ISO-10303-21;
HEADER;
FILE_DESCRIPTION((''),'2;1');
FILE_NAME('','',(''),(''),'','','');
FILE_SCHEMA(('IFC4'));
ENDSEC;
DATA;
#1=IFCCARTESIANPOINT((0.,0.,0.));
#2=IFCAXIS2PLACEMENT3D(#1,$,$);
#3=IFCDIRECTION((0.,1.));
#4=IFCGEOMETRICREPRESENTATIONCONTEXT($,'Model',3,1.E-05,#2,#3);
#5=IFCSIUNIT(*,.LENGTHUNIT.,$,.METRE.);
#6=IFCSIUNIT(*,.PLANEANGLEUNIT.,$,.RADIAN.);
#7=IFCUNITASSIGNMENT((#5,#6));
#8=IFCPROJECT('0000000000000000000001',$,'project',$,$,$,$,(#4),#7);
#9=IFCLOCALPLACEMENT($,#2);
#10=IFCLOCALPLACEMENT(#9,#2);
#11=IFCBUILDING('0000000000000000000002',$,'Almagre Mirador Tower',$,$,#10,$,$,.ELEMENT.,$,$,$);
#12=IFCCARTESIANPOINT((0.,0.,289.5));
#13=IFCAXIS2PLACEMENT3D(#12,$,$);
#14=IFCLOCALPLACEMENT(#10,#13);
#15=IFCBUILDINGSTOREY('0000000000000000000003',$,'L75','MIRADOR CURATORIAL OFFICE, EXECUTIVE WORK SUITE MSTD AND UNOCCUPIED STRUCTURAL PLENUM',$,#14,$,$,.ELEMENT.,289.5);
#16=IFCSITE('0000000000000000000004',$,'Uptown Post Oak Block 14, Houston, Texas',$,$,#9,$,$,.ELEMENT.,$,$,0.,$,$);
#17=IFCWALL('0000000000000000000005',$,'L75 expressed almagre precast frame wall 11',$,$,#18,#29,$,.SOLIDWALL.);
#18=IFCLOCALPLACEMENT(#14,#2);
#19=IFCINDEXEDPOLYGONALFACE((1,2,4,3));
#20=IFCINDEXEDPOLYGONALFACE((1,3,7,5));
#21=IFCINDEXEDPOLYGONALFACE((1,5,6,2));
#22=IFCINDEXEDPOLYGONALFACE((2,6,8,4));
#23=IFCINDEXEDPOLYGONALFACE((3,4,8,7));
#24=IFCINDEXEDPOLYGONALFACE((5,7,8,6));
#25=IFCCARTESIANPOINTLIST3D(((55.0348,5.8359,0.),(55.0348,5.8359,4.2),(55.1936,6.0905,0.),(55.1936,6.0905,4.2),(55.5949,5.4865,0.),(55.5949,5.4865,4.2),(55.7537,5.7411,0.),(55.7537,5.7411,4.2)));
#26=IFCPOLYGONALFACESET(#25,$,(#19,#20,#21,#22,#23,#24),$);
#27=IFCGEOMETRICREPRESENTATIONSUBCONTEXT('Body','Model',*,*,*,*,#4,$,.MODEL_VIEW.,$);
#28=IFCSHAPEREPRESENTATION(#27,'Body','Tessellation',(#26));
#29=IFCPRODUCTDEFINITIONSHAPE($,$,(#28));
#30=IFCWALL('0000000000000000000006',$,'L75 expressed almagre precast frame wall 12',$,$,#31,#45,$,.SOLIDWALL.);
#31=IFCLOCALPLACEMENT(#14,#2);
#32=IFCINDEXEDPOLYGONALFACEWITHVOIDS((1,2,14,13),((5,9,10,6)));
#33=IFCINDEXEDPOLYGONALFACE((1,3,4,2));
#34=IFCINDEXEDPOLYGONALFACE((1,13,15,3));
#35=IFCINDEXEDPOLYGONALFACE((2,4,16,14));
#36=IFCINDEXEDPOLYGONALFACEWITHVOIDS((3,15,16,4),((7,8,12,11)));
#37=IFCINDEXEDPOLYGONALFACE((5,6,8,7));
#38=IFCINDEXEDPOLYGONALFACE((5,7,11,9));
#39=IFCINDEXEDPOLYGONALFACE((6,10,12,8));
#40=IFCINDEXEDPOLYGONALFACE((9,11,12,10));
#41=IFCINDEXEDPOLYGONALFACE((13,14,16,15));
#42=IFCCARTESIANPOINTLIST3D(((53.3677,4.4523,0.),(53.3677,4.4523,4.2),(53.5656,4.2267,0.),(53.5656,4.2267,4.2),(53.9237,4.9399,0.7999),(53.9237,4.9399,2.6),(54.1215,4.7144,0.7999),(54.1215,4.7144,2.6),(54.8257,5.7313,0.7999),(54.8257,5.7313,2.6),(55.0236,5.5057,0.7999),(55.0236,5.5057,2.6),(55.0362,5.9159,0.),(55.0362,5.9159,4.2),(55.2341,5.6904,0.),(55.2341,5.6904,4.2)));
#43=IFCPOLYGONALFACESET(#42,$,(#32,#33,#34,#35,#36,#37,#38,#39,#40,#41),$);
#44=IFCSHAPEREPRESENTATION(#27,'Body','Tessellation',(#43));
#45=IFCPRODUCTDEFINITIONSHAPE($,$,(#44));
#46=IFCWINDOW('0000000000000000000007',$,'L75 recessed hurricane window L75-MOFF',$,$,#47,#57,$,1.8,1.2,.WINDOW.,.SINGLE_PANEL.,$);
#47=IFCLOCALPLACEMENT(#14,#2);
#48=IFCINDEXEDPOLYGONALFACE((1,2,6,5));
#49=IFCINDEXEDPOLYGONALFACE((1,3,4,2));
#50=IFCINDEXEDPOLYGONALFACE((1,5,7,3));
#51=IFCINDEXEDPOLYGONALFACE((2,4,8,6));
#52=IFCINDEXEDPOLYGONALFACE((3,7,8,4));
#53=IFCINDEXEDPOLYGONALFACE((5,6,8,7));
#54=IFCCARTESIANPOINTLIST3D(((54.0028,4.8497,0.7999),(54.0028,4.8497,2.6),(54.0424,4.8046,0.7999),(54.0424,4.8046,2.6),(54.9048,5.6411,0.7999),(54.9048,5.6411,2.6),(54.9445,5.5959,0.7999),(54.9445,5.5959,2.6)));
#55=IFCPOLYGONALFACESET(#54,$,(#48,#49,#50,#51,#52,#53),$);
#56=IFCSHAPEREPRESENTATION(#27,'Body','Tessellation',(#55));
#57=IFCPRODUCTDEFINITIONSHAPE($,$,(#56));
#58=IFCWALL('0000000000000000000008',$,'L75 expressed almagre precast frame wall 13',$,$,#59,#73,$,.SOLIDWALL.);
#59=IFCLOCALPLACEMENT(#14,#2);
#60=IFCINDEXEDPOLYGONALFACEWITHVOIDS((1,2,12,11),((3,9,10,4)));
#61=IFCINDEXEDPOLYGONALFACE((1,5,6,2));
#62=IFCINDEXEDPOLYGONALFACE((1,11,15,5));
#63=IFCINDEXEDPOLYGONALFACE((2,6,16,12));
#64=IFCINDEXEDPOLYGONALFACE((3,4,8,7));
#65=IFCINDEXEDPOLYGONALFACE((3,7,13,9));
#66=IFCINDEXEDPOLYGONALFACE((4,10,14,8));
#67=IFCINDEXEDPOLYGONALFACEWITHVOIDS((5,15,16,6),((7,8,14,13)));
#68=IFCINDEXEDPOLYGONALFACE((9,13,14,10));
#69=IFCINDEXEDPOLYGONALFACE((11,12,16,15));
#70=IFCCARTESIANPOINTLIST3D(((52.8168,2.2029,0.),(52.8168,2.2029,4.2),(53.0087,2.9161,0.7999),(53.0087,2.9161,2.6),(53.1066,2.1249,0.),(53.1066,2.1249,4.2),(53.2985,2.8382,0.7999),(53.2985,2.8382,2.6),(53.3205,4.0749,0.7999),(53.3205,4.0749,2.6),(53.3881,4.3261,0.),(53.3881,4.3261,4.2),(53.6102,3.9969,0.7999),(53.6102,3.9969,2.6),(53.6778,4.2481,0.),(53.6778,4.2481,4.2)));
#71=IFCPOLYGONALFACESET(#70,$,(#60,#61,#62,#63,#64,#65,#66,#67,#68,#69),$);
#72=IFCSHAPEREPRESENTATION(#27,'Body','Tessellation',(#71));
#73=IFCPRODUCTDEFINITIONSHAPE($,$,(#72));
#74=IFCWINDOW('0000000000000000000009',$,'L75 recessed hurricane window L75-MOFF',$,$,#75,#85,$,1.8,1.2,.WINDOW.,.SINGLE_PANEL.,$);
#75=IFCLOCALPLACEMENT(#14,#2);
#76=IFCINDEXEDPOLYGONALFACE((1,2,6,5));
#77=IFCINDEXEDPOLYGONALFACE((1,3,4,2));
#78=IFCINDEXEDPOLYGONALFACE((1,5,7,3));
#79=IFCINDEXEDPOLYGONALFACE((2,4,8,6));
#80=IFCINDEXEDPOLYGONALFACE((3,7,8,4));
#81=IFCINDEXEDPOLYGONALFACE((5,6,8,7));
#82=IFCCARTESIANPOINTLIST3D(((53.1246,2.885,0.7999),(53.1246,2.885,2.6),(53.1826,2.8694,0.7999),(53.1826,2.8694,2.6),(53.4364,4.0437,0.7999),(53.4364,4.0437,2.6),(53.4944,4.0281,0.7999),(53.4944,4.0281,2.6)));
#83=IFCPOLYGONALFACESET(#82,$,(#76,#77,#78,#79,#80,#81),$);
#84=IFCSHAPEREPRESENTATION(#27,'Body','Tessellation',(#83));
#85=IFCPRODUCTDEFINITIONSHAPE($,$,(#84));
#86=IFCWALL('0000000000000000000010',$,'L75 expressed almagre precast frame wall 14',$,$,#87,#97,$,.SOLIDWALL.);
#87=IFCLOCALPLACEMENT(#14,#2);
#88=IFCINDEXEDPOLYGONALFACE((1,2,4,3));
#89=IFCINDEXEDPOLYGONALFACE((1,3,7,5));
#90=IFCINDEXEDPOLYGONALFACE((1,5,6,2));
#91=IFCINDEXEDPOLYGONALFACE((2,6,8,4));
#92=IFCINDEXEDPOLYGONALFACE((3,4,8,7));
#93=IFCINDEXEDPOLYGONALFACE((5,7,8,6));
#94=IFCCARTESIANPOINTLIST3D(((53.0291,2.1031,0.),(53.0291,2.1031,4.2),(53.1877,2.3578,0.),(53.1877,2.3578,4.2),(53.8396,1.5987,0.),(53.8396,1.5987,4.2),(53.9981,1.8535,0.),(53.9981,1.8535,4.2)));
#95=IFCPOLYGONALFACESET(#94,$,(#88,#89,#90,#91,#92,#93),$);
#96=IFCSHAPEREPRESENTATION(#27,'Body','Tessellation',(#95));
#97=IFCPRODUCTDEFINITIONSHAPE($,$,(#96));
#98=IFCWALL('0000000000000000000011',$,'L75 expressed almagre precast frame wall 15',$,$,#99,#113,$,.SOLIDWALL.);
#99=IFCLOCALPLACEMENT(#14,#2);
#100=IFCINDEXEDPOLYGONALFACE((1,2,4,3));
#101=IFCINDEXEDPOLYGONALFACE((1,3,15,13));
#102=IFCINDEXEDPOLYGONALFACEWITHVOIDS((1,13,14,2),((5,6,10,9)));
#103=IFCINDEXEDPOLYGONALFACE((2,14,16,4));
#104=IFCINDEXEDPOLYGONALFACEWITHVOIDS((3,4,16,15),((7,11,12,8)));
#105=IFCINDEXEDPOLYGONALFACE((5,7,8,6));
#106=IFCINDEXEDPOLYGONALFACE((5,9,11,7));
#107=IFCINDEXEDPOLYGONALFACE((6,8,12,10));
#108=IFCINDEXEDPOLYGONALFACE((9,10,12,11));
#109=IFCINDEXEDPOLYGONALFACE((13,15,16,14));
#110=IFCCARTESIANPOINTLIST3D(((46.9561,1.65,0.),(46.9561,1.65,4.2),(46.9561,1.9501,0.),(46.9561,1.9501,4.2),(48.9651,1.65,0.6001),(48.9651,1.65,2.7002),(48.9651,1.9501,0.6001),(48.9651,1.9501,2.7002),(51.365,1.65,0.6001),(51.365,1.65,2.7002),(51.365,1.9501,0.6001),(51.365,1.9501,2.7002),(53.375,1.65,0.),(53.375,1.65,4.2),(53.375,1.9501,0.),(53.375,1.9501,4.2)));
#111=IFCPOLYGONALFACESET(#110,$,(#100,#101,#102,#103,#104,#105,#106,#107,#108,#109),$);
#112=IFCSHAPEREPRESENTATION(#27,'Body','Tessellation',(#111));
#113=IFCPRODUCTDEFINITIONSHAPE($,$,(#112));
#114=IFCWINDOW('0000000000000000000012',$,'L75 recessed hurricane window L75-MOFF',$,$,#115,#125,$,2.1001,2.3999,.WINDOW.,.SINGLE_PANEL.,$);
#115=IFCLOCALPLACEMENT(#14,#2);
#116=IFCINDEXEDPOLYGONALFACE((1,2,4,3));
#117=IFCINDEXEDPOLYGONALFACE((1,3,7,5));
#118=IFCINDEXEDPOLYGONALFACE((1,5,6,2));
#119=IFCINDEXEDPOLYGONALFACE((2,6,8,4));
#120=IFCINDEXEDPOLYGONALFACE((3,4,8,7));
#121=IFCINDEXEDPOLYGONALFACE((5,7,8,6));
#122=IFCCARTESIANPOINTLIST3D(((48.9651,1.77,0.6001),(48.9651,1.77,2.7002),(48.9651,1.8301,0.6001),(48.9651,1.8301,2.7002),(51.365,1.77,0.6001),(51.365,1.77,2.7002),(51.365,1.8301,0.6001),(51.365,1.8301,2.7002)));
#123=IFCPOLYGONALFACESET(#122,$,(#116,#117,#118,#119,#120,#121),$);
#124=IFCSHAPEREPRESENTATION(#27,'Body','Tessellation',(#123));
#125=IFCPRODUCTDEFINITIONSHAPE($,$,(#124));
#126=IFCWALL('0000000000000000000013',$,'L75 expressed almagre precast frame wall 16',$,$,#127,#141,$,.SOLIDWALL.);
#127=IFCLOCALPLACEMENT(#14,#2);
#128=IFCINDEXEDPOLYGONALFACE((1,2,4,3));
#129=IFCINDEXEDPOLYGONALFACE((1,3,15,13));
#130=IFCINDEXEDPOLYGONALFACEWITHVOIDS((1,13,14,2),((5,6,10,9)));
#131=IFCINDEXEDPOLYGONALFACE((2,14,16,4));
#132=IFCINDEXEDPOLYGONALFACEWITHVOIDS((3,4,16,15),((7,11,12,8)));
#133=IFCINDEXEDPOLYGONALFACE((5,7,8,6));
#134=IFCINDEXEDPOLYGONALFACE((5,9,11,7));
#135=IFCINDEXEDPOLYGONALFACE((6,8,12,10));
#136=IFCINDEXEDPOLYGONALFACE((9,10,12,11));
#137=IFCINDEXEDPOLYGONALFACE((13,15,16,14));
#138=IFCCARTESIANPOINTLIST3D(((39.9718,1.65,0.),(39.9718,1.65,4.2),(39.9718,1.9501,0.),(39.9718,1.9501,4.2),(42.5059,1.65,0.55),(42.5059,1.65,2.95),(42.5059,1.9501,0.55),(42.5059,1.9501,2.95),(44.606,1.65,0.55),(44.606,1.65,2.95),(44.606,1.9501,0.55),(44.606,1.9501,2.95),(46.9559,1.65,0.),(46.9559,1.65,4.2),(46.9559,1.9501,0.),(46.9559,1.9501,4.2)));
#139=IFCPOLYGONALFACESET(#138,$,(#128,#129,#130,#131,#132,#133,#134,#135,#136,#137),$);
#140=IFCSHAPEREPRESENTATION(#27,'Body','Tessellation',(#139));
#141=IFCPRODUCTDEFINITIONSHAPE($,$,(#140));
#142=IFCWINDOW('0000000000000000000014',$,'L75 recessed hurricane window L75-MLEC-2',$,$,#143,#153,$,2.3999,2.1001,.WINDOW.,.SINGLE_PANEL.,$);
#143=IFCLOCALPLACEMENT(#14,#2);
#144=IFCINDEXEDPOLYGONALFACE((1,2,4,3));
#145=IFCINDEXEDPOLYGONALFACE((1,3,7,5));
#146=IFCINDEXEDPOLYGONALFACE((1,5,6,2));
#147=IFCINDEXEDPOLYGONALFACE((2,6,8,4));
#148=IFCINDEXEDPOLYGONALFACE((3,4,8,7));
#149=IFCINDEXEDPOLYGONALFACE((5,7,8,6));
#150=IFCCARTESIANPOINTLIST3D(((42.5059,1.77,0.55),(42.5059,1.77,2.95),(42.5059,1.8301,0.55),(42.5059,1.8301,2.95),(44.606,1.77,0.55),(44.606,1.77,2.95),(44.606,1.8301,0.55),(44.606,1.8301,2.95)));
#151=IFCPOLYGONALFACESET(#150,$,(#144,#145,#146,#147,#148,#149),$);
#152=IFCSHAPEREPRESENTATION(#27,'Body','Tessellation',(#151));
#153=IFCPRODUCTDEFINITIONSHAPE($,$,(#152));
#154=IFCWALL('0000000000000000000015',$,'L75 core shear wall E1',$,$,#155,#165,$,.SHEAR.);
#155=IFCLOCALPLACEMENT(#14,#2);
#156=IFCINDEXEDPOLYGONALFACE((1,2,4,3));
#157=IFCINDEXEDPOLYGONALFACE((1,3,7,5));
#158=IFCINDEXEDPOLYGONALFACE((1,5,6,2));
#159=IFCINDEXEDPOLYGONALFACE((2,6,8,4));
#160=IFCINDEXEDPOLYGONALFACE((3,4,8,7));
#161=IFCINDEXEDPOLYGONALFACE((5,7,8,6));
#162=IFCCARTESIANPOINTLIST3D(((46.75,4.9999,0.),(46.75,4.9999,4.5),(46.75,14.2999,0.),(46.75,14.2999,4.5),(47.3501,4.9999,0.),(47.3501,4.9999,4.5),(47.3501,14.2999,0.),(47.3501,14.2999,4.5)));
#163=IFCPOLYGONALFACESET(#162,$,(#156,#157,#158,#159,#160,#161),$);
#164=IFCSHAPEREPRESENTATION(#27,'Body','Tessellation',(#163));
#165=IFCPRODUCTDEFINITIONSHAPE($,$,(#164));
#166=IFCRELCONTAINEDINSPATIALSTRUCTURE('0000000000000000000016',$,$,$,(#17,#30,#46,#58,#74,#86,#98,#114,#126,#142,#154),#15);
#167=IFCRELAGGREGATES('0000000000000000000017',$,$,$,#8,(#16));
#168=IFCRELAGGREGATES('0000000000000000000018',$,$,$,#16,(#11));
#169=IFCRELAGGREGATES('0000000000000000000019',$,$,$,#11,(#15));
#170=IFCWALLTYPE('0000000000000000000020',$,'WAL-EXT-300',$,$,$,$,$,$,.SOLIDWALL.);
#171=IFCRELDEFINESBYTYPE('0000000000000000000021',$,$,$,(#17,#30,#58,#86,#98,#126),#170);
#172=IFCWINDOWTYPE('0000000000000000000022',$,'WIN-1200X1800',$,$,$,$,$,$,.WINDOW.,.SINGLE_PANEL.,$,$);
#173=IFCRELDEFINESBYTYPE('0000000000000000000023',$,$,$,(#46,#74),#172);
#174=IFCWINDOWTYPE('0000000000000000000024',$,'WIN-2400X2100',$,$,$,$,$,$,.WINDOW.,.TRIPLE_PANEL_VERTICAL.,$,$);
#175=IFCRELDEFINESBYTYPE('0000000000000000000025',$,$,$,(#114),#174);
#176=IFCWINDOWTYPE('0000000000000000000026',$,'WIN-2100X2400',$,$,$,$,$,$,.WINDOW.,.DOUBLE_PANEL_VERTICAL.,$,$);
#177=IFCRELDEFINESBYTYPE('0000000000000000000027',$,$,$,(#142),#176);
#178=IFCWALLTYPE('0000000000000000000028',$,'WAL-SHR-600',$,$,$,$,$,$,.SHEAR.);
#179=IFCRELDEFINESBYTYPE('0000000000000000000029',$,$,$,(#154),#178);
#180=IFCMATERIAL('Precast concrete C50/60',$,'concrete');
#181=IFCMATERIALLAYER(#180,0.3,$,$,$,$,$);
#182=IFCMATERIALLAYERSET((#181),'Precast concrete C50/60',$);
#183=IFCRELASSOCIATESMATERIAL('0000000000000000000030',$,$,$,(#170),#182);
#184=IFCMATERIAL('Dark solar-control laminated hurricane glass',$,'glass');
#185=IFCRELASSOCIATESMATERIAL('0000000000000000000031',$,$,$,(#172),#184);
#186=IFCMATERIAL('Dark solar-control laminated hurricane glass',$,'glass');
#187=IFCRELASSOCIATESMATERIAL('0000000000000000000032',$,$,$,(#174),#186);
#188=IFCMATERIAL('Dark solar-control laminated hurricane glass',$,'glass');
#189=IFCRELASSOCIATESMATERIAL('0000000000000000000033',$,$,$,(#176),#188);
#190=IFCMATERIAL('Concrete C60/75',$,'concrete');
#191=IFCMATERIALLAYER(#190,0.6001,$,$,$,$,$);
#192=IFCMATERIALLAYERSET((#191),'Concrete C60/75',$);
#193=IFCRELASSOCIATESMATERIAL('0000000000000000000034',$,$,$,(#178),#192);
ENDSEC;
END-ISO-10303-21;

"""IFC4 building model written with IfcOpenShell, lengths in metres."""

from ifc_helpers import new_model, si_unit, direction, frame, frame_2d, origin, place, context, subcontext, project, spatial, rectangle, extrude, material, layer, layer_set, type_object, element, fill, save


model = new_model("IFC4")

# Units and contexts
model_context = context("Model", 3, precision=1e-05, world=origin(), true_north=direction((0.0, 1.0)))
body_context = subcontext(model_context, "Body", "Model", "MODEL_VIEW")
ifc_project = project(units=[si_unit("LENGTHUNIT", "METRE"), si_unit("PLANEANGLEUNIT", "RADIAN")], contexts=[model_context])

# Site, building, storey
site_placement = place(None, origin())
site = spatial("IfcSite", under=ifc_project, at=site_placement, Name="Uptown Post Oak Block 14, Houston, Texas", CompositionType="ELEMENT", RefElevation=0.0)
building_placement = place(site_placement, origin())
building = spatial("IfcBuilding", under=site, at=building_placement, Name="Almagre Mirador Tower", CompositionType="ELEMENT")
storey_placement = place(building_placement, frame((0.0, 0.0, 289.5)))
storey = spatial("IfcBuildingStorey", under=building, at=storey_placement, Name="L75", Description="MIRADOR CURATORIAL OFFICE, EXECUTIVE WORK SUITE MSTD AND UNOCCUPIED STRUCTURAL PLENUM", CompositionType="ELEMENT", Elevation=289.5)

# Wall
ifc_material_1 = material(Name="Precast concrete C50/60", Category="concrete")
ifc_layer_1 = layer(ifc_material_1, 0.3)
ifc_layer_set_1 = layer_set([ifc_layer_1], Name="Precast concrete C50/60")
wall_type_1 = type_object("IfcWallType", Name="WAL-EXT-300", PredefinedType="SOLIDWALL", material=ifc_layer_set_1)
wall_1_placement = place(storey_placement, frame((55.6743, 5.6138, 0.0), z_axis=(0.0, 0.0, 1.0), x_axis=(-0.848455, 0.529267, 0.0)))
element("IfcWall", 1, at=wall_1_placement, inside=storey, type_object=wall_type_1, Name="L75 expressed almagre precast frame wall 11", PredefinedType="SOLIDWALL", context=body_context, shape_type="SweptSolid", body=[
    extrude(rectangle(XDim=0.6602, YDim=0.3, at=frame_2d((0.3301, 0.0))), origin(), (0.0, 0.0, 1.0), 4.2),
])

# Walls, openings, windows
wall_2_placement = place(storey_placement, frame((55.1353, 5.8032, 0.0), z_axis=(0.0, 0.0, 1.0), x_axis=(-0.751745, -0.659454, 0.0)))
wall_2 = element("IfcWall", 2, at=wall_2_placement, inside=storey, type_object=wall_type_1, Name="L75 expressed almagre precast frame wall 12", PredefinedType="SOLIDWALL", context=body_context, shape_type="SweptSolid", body=[
    extrude(rectangle(XDim=2.2195, YDim=0.3, at=frame_2d((1.1099, 0.0))), origin(), (0.0, 0.0, 1.0), 4.2),
])
opening_1_placement = place(wall_2_placement, frame((0.28, 0.0, 0.8)))
opening_1 = element("IfcOpeningElement", 3, at=opening_1_placement, cuts=wall_2, PredefinedType="OPENING", context=body_context, shape_type="SweptSolid", body=[
    extrude(rectangle(XDim=1.2, YDim=1.8, at=frame_2d((0.6001, 0.8999))), frame((0.0, 0.1599, 0.0), z_axis=(0.0, -1.0, 0.0), x_axis=(1.0, 0.0, 0.0)), (0.0, 0.0, 1.0), 0.32),
])
ifc_material_2 = material(Name="Dark solar-control laminated hurricane glass", Category="glass")
window_type_1 = type_object("IfcWindowType", Name="WIN-1200X1800", PartitioningType="SINGLE_PANEL", PredefinedType="WINDOW", material=ifc_material_2)
window_1_placement = place(opening_1_placement, origin())
window_1 = element("IfcWindow", 4, at=window_1_placement, inside=storey, type_object=window_type_1, Name="L75 recessed hurricane window L75-MOFF", OverallHeight=1.8, OverallWidth=1.2, PartitioningType="SINGLE_PANEL", PredefinedType="WINDOW", context=body_context, shape_type="SweptSolid", body=[
    extrude(rectangle(XDim=1.2, YDim=1.8, at=frame_2d((0.6001, 0.8999))), frame((0.0, 0.03, 0.0), z_axis=(0.0, -1.0, 0.0), x_axis=(1.0, 0.0, 0.0)), (0.0, 0.0, 1.0), 0.0601),
])
fill(opening_1, window_1)
wall_3_placement = place(storey_placement, frame((53.533, 4.2871, 0.0), z_axis=(0.0, 0.0, 1.0), x_axis=(-0.259818, -0.965658, 0.0)))
wall_3 = element("IfcWall", 5, at=wall_3_placement, inside=storey, type_object=wall_type_1, Name="L75 expressed almagre precast frame wall 13", PredefinedType="SOLIDWALL", context=body_context, shape_type="SweptSolid", body=[
    extrude(rectangle(XDim=2.1987, YDim=0.3, at=frame_2d((1.0994, 0.0))), origin(), (0.0, 0.0, 1.0), 4.2),
])
opening_2_placement = place(wall_3_placement, frame((0.26, 0.0, 0.8)))
opening_2 = element("IfcOpeningElement", 6, at=opening_2_placement, cuts=wall_3, PredefinedType="OPENING", context=body_context, shape_type="SweptSolid", body=[
    extrude(rectangle(XDim=1.2, YDim=1.8, at=frame_2d((0.6001, 0.8999))), frame((0.0, 0.1599, 0.0), z_axis=(0.0, -1.0, 0.0), x_axis=(1.0, 0.0, 0.0)), (0.0, 0.0, 1.0), 0.32),
])
window_2_placement = place(opening_2_placement, origin())
window_2 = element("IfcWindow", 7, at=window_2_placement, inside=storey, type_object=window_type_1, Name="L75 recessed hurricane window L75-MOFF", OverallHeight=1.8, OverallWidth=1.2, PartitioningType="SINGLE_PANEL", PredefinedType="WINDOW", context=body_context, shape_type="SweptSolid", body=[
    extrude(rectangle(XDim=1.2, YDim=1.8, at=frame_2d((0.6001, 0.8999))), frame((0.0, 0.03, 0.0), z_axis=(0.0, -1.0, 0.0), x_axis=(1.0, 0.0, 0.0)), (0.0, 0.0, 1.0), 0.0601),
])
fill(opening_2, window_2)

# Wall
wall_4_placement = place(storey_placement, frame((53.1084, 2.2305, 0.0), z_axis=(0.0, 0.0, 1.0), x_axis=(0.849031, -0.528343, 0.0)))
element("IfcWall", 8, at=wall_4_placement, inside=storey, type_object=wall_type_1, Name="L75 expressed almagre precast frame wall 14", PredefinedType="SOLIDWALL", context=body_context, shape_type="SweptSolid", body=[
    extrude(rectangle(XDim=0.9546, YDim=0.3, at=frame_2d((0.4773, 0.0))), origin(), (0.0, 0.0, 1.0), 4.2),
])

# Walls, openings, windows
wall_5_placement = place(storey_placement, frame((53.375, 1.8, 0.0), z_axis=(0.0, 0.0, 1.0), x_axis=(-1.0, 0.0, 0.0)))
wall_5 = element("IfcWall", 9, at=wall_5_placement, inside=storey, type_object=wall_type_1, Name="L75 expressed almagre precast frame wall 15", PredefinedType="SOLIDWALL", context=body_context, shape_type="SweptSolid", body=[
    extrude(rectangle(XDim=6.4189, YDim=0.3, at=frame_2d((3.2095, 0.0))), origin(), (0.0, 0.0, 1.0), 4.2),
])
opening_3_placement = place(wall_5_placement, frame((2.01, 0.0, 0.6001)))
opening_3 = element("IfcOpeningElement", 10, at=opening_3_placement, cuts=wall_5, PredefinedType="OPENING", context=body_context, shape_type="SweptSolid", body=[
    extrude(rectangle(XDim=2.3999, YDim=2.1001, at=frame_2d((1.2, 1.05))), frame((0.0, 0.1599, 0.0), z_axis=(0.0, -1.0, 0.0), x_axis=(1.0, 0.0, 0.0)), (0.0, 0.0, 1.0), 0.32),
])
ifc_material_3 = material(Name="Dark solar-control laminated hurricane glass", Category="glass")
window_type_2 = type_object("IfcWindowType", Name="WIN-2400X2100", PartitioningType="TRIPLE_PANEL_VERTICAL", PredefinedType="WINDOW", material=ifc_material_3)
window_3_placement = place(opening_3_placement, origin())
window_3 = element("IfcWindow", 11, at=window_3_placement, inside=storey, type_object=window_type_2, Name="L75 recessed hurricane window L75-MOFF", OverallHeight=2.1001, OverallWidth=2.3999, PartitioningType="SINGLE_PANEL", PredefinedType="WINDOW", context=body_context, shape_type="SweptSolid", body=[
    extrude(rectangle(XDim=2.3999, YDim=2.1001, at=frame_2d((1.2, 1.05))), frame((0.0, 0.03, 0.0), z_axis=(0.0, -1.0, 0.0), x_axis=(1.0, 0.0, 0.0)), (0.0, 0.0, 1.0), 0.0601),
])
fill(opening_3, window_3)
wall_6_placement = place(storey_placement, frame((46.9561, 1.8, 0.0), z_axis=(0.0, 0.0, 1.0), x_axis=(-1.0, 0.0, 0.0)))
wall_6 = element("IfcWall", 12, at=wall_6_placement, inside=storey, type_object=wall_type_1, Name="L75 expressed almagre precast frame wall 16", PredefinedType="SOLIDWALL", context=body_context, shape_type="SweptSolid", body=[
    extrude(rectangle(XDim=6.9841, YDim=0.3, at=frame_2d((3.4922, 0.0))), origin(), (0.0, 0.0, 1.0), 4.2),
])
opening_4_placement = place(wall_6_placement, frame((2.3501, 0.0, 0.55)))
opening_4 = element("IfcOpeningElement", 13, at=opening_4_placement, cuts=wall_6, PredefinedType="OPENING", context=body_context, shape_type="SweptSolid", body=[
    extrude(rectangle(XDim=2.1001, YDim=2.3999, at=frame_2d((1.05, 1.2))), frame((0.0, 0.1599, 0.0), z_axis=(0.0, -1.0, 0.0), x_axis=(1.0, 0.0, 0.0)), (0.0, 0.0, 1.0), 0.32),
])
ifc_material_4 = material(Name="Dark solar-control laminated hurricane glass", Category="glass")
window_type_3 = type_object("IfcWindowType", Name="WIN-2100X2400", PartitioningType="DOUBLE_PANEL_VERTICAL", PredefinedType="WINDOW", material=ifc_material_4)
window_4_placement = place(opening_4_placement, origin())
window_4 = element("IfcWindow", 14, at=window_4_placement, inside=storey, type_object=window_type_3, Name="L75 recessed hurricane window L75-MLEC-2", OverallHeight=2.3999, OverallWidth=2.1001, PartitioningType="SINGLE_PANEL", PredefinedType="WINDOW", context=body_context, shape_type="SweptSolid", body=[
    extrude(rectangle(XDim=2.1001, YDim=2.3999, at=frame_2d((1.05, 1.2))), frame((0.0, 0.03, 0.0), z_axis=(0.0, -1.0, 0.0), x_axis=(1.0, 0.0, 0.0)), (0.0, 0.0, 1.0), 0.0601),
])
fill(opening_4, window_4)

# Wall
ifc_material_5 = material(Name="Concrete C60/75", Category="concrete")
ifc_layer_2 = layer(ifc_material_5, 0.6001)
ifc_layer_set_2 = layer_set([ifc_layer_2], Name="Concrete C60/75")
wall_type_2 = type_object("IfcWallType", Name="WAL-SHR-600", PredefinedType="SHEAR", material=ifc_layer_set_2)
wall_7_placement = place(storey_placement, frame((47.05, 5.0, 0.0), z_axis=(0.0, 0.0, 1.0), x_axis=(0.0, 1.0, 0.0)))
element("IfcWall", 15, at=wall_7_placement, inside=storey, type_object=wall_type_2, Name="L75 core shear wall E1", PredefinedType="SHEAR", context=body_context, shape_type="SweptSolid", body=[
    extrude(rectangle(XDim=9.3, YDim=0.6001, at=frame_2d((4.6499, 0.0))), origin(), (0.0, 0.0, 1.0), 4.5),
])

save(model, "model.ifc")
